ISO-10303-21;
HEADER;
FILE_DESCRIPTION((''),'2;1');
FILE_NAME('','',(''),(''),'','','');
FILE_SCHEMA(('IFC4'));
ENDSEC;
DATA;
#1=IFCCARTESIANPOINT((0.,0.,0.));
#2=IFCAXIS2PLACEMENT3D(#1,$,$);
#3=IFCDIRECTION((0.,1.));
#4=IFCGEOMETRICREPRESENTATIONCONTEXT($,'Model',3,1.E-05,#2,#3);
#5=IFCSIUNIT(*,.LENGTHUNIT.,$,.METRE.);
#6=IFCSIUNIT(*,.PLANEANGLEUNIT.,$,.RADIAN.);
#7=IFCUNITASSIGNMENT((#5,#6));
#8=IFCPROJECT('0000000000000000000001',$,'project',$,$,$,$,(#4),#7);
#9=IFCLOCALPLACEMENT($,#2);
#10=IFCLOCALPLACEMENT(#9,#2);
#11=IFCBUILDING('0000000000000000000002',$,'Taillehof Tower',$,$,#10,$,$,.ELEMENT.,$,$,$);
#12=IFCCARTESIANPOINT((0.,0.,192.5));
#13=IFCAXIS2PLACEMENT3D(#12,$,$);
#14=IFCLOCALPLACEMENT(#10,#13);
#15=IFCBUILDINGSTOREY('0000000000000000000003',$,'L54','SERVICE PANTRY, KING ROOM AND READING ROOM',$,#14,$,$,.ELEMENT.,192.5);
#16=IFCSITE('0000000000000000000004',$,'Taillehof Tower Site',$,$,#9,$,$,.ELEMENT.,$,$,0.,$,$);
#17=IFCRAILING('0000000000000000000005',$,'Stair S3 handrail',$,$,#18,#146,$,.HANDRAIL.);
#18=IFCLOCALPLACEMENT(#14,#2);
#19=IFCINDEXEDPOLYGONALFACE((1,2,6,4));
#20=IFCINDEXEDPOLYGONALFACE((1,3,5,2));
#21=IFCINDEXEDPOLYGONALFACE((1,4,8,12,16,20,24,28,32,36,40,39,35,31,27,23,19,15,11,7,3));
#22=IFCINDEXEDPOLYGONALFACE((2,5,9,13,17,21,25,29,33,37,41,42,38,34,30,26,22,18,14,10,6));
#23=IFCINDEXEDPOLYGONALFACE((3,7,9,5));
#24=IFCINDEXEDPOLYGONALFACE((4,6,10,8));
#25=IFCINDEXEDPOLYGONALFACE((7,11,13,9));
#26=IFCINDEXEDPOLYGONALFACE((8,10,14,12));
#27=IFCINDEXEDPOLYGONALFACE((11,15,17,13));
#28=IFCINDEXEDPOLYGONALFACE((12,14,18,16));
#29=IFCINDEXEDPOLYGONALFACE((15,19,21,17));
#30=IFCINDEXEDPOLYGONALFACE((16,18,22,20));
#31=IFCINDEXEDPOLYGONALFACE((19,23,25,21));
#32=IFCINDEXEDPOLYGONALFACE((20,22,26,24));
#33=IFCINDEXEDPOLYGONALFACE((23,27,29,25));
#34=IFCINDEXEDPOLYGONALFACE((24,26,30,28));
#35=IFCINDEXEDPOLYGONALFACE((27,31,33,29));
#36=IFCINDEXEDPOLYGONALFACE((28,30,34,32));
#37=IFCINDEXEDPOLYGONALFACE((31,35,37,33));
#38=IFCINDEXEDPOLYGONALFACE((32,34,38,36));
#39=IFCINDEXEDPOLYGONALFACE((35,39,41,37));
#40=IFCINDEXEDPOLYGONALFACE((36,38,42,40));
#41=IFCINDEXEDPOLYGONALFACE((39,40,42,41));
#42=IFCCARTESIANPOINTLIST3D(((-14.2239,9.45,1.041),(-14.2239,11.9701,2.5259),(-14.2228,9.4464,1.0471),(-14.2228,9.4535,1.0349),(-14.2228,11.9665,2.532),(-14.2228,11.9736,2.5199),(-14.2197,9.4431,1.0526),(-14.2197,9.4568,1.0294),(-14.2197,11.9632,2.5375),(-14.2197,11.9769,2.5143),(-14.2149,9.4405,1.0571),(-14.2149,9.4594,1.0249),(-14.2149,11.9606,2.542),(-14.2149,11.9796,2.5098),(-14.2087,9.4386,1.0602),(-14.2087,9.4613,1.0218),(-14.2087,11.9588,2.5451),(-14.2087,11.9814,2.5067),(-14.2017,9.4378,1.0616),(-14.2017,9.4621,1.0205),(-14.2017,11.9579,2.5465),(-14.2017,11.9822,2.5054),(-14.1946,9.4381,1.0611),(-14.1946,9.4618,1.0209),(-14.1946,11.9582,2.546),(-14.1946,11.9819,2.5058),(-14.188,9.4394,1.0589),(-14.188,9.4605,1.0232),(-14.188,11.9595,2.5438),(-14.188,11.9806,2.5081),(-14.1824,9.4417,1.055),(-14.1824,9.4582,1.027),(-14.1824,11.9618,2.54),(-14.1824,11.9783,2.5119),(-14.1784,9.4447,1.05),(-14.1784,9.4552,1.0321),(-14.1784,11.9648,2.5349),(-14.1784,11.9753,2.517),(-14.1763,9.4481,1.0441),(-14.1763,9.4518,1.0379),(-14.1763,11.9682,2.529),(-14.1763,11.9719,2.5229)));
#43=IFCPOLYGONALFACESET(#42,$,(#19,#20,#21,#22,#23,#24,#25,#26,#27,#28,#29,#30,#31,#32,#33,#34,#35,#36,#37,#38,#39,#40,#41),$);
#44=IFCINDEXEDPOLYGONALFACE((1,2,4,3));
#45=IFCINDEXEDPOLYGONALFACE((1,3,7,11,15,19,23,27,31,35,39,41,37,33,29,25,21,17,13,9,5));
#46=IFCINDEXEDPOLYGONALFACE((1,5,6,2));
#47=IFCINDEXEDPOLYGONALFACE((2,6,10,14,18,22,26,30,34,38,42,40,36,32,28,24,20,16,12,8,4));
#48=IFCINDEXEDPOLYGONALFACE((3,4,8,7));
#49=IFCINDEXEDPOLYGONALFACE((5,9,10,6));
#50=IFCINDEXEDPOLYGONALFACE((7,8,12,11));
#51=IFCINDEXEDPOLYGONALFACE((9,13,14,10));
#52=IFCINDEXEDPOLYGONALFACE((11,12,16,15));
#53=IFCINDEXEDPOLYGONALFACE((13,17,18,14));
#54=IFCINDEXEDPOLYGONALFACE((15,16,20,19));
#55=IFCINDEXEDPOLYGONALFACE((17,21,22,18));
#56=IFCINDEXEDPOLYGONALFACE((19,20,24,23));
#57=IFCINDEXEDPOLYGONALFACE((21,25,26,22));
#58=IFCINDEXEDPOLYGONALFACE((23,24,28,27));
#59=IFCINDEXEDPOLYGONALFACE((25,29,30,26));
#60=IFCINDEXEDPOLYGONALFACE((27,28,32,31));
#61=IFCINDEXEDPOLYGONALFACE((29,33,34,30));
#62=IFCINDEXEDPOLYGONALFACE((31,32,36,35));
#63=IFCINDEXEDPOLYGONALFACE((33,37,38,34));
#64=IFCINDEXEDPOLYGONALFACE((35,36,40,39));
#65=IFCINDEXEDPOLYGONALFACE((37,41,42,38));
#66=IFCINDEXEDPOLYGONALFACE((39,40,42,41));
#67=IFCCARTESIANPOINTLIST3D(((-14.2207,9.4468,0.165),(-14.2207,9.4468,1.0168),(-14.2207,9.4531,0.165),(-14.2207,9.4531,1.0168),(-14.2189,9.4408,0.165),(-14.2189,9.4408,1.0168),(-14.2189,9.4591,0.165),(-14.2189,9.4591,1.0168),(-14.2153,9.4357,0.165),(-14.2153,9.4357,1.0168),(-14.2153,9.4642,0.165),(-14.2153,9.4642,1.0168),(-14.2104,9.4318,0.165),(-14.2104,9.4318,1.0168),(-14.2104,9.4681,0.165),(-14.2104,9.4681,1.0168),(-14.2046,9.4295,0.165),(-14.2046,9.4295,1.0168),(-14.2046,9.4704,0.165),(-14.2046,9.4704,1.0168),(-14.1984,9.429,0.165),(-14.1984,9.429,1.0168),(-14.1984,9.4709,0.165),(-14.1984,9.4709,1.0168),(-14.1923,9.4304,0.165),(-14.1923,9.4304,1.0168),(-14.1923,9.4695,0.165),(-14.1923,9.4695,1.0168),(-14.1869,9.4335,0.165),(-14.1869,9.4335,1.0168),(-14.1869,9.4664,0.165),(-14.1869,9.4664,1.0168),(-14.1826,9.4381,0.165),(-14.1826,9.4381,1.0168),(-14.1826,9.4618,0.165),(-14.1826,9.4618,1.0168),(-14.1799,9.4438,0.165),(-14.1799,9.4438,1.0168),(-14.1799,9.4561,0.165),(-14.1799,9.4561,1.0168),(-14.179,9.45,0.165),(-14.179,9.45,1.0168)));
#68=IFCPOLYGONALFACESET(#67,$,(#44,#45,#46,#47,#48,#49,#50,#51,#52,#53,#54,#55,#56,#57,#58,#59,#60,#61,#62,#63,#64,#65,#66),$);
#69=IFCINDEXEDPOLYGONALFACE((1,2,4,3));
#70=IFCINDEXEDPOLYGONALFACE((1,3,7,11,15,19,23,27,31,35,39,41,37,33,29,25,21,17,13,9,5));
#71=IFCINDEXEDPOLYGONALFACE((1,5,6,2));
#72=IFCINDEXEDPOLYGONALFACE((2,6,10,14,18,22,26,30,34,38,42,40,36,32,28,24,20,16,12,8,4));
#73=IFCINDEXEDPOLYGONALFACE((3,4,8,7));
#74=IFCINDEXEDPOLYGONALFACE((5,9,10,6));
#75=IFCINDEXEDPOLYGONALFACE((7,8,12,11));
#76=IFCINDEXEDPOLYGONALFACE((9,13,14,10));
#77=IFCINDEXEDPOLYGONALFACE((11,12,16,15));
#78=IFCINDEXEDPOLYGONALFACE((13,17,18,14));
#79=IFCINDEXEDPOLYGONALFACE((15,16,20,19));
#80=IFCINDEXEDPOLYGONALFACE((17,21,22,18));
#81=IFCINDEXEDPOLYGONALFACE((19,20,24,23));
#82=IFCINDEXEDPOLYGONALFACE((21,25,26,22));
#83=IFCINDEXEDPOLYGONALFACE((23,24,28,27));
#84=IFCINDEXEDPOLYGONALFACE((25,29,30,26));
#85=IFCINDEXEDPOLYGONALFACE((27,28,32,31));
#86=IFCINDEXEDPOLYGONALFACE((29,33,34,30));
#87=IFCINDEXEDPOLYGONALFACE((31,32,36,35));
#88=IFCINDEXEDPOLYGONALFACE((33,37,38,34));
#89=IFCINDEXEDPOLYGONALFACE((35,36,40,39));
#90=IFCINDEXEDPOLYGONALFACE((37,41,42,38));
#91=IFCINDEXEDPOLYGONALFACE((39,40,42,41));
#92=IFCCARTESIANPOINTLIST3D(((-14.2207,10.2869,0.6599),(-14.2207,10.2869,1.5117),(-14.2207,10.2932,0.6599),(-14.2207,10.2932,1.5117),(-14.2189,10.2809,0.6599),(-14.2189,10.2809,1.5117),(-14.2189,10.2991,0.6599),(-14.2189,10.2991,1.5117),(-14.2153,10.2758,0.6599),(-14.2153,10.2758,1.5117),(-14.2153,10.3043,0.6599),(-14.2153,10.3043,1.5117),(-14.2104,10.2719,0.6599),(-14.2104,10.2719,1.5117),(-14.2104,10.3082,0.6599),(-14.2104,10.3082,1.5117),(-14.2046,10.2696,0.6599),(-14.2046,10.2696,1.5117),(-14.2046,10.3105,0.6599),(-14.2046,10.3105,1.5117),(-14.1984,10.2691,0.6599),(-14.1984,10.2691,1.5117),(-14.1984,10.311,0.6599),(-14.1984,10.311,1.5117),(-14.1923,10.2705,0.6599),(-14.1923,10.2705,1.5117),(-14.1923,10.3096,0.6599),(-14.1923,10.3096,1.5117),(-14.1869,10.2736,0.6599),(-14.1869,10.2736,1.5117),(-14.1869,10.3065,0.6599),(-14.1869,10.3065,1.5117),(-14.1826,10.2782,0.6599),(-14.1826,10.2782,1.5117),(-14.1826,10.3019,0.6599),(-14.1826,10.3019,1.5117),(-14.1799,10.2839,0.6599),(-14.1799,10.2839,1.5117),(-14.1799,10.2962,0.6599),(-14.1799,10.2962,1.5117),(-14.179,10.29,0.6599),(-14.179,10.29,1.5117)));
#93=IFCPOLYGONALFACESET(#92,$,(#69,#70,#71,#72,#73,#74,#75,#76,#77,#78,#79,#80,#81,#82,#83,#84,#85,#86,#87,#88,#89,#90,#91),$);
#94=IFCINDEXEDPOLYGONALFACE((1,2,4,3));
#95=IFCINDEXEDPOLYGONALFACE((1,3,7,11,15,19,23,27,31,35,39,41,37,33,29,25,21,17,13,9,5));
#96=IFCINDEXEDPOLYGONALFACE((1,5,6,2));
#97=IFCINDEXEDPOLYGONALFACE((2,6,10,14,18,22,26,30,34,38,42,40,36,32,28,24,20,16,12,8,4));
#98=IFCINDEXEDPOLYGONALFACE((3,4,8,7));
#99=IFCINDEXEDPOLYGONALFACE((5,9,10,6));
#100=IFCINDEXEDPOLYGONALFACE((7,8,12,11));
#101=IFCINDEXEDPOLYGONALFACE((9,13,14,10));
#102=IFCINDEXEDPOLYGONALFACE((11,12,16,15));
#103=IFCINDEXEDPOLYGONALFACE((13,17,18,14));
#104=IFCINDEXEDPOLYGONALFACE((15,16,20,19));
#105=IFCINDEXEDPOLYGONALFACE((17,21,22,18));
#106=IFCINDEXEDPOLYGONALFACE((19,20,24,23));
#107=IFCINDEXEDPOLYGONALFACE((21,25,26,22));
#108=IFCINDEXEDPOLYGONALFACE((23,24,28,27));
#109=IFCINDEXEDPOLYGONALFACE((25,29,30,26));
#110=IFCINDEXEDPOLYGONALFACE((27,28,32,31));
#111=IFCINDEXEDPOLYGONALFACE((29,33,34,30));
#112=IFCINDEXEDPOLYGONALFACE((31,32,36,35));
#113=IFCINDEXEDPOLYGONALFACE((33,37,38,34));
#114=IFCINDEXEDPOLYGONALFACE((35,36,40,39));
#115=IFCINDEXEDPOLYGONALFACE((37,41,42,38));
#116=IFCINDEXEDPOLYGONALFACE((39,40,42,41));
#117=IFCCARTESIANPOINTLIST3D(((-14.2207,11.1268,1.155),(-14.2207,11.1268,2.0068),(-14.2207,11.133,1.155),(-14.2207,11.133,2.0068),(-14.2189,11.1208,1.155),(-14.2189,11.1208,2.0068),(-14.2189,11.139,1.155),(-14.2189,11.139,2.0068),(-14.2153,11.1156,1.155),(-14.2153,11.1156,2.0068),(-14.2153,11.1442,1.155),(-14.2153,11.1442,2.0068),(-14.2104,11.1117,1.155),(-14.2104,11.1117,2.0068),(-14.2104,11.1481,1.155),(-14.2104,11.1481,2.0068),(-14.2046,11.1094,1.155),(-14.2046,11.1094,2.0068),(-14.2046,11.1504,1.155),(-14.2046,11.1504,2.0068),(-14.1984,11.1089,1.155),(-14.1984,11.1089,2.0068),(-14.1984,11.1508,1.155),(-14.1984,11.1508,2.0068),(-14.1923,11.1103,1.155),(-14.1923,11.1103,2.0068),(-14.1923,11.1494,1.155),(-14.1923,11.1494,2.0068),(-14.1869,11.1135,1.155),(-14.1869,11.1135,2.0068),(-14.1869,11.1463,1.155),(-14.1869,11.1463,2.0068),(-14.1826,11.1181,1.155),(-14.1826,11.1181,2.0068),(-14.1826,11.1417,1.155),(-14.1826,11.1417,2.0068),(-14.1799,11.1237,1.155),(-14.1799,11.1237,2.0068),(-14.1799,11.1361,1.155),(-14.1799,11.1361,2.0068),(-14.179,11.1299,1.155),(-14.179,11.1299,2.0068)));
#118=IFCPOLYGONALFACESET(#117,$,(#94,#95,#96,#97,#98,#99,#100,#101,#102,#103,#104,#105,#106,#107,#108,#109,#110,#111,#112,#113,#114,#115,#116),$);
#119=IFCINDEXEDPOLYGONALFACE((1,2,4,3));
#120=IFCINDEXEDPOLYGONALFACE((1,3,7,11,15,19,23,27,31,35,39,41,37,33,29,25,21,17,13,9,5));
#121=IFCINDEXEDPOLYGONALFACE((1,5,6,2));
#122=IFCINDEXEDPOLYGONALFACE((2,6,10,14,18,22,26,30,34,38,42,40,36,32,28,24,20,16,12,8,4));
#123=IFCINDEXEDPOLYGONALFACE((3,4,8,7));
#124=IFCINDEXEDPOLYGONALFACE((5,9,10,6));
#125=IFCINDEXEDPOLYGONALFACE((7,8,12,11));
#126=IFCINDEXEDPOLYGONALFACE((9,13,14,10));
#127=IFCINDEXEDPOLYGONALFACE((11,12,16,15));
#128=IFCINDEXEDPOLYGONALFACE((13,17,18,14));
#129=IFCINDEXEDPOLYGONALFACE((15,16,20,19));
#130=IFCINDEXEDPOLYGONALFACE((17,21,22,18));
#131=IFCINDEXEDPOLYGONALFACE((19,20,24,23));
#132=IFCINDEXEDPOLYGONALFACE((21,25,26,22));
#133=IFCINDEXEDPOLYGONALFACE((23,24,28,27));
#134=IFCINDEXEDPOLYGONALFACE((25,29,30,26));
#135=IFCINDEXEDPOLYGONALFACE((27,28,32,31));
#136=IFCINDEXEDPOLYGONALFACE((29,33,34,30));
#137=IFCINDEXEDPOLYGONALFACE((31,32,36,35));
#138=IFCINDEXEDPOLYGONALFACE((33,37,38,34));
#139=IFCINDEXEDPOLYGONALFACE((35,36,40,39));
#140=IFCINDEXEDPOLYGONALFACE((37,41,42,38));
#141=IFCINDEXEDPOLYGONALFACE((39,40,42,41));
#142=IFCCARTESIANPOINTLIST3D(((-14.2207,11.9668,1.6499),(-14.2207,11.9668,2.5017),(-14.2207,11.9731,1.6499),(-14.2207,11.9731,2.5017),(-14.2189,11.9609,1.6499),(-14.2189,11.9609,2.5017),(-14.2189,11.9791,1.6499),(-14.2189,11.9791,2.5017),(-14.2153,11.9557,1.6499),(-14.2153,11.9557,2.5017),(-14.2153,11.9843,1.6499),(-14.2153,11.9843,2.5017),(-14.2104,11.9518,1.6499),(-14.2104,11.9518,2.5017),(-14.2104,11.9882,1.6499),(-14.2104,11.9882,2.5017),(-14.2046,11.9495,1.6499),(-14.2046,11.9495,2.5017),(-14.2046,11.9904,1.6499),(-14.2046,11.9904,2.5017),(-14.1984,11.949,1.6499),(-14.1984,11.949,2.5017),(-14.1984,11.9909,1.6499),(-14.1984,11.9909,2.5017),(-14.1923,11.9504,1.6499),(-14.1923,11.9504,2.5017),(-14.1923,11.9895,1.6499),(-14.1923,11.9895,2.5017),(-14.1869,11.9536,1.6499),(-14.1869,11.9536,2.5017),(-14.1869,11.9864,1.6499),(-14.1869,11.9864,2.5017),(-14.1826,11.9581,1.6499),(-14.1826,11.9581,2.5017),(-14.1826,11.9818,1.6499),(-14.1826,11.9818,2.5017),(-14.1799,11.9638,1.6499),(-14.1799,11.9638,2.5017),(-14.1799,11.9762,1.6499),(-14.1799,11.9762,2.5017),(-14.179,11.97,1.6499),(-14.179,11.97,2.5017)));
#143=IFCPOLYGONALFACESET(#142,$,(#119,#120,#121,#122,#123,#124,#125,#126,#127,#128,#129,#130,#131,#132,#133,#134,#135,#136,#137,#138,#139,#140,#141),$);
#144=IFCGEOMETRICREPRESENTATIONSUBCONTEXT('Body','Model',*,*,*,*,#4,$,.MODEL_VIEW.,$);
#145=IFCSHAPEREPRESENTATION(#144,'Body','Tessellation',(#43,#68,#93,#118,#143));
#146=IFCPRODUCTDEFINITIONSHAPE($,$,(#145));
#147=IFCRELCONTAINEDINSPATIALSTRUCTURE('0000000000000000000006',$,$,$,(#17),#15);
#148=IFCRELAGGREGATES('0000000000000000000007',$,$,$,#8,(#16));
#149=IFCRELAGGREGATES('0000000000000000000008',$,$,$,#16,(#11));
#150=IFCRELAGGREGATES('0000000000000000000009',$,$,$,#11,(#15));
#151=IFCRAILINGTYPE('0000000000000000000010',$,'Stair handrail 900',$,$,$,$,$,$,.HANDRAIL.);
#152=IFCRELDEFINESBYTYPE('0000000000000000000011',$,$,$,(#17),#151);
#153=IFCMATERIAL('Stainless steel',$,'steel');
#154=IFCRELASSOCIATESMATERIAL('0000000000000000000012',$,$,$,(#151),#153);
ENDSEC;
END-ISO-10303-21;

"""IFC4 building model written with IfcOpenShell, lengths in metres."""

from ifc_helpers import new_model, si_unit, direction, frame, origin, origin_2d, place, context, subcontext, project, spatial, circle, extrude, material, type_object, element, save


model = new_model("IFC4")

# Units and contexts
model_context = context("Model", 3, precision=1e-05, world=origin(), true_north=direction((0.0, 1.0)))
body_context = subcontext(model_context, "Body", "Model", "MODEL_VIEW")
ifc_project = project(units=[si_unit("LENGTHUNIT", "METRE"), si_unit("PLANEANGLEUNIT", "RADIAN")], contexts=[model_context])

# Site, building, storey
site_placement = place(None, origin())
site = spatial("IfcSite", under=ifc_project, at=site_placement, Name="Taillehof Tower Site", CompositionType="ELEMENT", RefElevation=0.0)
building_placement = place(site_placement, origin())
building = spatial("IfcBuilding", under=site, at=building_placement, Name="Taillehof Tower", CompositionType="ELEMENT")
storey_placement = place(building_placement, frame((0.0, 0.0, 192.5)))
storey = spatial("IfcBuildingStorey", under=building, at=storey_placement, Name="L54", Description="SERVICE PANTRY, KING ROOM AND READING ROOM", CompositionType="ELEMENT", Elevation=192.5)

# Railing
ifc_material_1 = material(Name="Stainless steel", Category="steel")
railing_type = type_object("IfcRailingType", Name="Stair handrail 900", PredefinedType="HANDRAIL", material=ifc_material_1)
railing_placement = place(storey_placement, frame((-14.2, 9.45, 0.165)))
element("IfcRailing", 1, at=railing_placement, inside=storey, type_object=railing_type, Name="Stair S3 handrail", PredefinedType="HANDRAIL", context=body_context, shape_type="SweptSolid", body=[
    extrude(circle(Radius=0.0239, at=origin_2d()), frame((0.0, 0.0, 0.876), z_axis=(0.0, 0.861561, 0.507655), x_axis=(-1.0, 0.0, 0.0)), (0.0, 0.0, 1.0), 2.925),
    extrude(circle(Radius=0.021, at=origin_2d()), origin(), (0.0, 0.0, 1.0), 0.8518),
    extrude(circle(Radius=0.021, at=origin_2d()), frame((0.0, 0.8401, 0.4949)), (0.0, 0.0, 1.0), 0.8518),
    extrude(circle(Radius=0.021, at=origin_2d()), frame((0.0, 1.6799, 0.99)), (0.0, 0.0, 1.0), 0.8518),
    extrude(circle(Radius=0.021, at=origin_2d()), frame((0.0, 2.52, 1.4849)), (0.0, 0.0, 1.0), 0.8518),
])

save(model, "model.ifc")
